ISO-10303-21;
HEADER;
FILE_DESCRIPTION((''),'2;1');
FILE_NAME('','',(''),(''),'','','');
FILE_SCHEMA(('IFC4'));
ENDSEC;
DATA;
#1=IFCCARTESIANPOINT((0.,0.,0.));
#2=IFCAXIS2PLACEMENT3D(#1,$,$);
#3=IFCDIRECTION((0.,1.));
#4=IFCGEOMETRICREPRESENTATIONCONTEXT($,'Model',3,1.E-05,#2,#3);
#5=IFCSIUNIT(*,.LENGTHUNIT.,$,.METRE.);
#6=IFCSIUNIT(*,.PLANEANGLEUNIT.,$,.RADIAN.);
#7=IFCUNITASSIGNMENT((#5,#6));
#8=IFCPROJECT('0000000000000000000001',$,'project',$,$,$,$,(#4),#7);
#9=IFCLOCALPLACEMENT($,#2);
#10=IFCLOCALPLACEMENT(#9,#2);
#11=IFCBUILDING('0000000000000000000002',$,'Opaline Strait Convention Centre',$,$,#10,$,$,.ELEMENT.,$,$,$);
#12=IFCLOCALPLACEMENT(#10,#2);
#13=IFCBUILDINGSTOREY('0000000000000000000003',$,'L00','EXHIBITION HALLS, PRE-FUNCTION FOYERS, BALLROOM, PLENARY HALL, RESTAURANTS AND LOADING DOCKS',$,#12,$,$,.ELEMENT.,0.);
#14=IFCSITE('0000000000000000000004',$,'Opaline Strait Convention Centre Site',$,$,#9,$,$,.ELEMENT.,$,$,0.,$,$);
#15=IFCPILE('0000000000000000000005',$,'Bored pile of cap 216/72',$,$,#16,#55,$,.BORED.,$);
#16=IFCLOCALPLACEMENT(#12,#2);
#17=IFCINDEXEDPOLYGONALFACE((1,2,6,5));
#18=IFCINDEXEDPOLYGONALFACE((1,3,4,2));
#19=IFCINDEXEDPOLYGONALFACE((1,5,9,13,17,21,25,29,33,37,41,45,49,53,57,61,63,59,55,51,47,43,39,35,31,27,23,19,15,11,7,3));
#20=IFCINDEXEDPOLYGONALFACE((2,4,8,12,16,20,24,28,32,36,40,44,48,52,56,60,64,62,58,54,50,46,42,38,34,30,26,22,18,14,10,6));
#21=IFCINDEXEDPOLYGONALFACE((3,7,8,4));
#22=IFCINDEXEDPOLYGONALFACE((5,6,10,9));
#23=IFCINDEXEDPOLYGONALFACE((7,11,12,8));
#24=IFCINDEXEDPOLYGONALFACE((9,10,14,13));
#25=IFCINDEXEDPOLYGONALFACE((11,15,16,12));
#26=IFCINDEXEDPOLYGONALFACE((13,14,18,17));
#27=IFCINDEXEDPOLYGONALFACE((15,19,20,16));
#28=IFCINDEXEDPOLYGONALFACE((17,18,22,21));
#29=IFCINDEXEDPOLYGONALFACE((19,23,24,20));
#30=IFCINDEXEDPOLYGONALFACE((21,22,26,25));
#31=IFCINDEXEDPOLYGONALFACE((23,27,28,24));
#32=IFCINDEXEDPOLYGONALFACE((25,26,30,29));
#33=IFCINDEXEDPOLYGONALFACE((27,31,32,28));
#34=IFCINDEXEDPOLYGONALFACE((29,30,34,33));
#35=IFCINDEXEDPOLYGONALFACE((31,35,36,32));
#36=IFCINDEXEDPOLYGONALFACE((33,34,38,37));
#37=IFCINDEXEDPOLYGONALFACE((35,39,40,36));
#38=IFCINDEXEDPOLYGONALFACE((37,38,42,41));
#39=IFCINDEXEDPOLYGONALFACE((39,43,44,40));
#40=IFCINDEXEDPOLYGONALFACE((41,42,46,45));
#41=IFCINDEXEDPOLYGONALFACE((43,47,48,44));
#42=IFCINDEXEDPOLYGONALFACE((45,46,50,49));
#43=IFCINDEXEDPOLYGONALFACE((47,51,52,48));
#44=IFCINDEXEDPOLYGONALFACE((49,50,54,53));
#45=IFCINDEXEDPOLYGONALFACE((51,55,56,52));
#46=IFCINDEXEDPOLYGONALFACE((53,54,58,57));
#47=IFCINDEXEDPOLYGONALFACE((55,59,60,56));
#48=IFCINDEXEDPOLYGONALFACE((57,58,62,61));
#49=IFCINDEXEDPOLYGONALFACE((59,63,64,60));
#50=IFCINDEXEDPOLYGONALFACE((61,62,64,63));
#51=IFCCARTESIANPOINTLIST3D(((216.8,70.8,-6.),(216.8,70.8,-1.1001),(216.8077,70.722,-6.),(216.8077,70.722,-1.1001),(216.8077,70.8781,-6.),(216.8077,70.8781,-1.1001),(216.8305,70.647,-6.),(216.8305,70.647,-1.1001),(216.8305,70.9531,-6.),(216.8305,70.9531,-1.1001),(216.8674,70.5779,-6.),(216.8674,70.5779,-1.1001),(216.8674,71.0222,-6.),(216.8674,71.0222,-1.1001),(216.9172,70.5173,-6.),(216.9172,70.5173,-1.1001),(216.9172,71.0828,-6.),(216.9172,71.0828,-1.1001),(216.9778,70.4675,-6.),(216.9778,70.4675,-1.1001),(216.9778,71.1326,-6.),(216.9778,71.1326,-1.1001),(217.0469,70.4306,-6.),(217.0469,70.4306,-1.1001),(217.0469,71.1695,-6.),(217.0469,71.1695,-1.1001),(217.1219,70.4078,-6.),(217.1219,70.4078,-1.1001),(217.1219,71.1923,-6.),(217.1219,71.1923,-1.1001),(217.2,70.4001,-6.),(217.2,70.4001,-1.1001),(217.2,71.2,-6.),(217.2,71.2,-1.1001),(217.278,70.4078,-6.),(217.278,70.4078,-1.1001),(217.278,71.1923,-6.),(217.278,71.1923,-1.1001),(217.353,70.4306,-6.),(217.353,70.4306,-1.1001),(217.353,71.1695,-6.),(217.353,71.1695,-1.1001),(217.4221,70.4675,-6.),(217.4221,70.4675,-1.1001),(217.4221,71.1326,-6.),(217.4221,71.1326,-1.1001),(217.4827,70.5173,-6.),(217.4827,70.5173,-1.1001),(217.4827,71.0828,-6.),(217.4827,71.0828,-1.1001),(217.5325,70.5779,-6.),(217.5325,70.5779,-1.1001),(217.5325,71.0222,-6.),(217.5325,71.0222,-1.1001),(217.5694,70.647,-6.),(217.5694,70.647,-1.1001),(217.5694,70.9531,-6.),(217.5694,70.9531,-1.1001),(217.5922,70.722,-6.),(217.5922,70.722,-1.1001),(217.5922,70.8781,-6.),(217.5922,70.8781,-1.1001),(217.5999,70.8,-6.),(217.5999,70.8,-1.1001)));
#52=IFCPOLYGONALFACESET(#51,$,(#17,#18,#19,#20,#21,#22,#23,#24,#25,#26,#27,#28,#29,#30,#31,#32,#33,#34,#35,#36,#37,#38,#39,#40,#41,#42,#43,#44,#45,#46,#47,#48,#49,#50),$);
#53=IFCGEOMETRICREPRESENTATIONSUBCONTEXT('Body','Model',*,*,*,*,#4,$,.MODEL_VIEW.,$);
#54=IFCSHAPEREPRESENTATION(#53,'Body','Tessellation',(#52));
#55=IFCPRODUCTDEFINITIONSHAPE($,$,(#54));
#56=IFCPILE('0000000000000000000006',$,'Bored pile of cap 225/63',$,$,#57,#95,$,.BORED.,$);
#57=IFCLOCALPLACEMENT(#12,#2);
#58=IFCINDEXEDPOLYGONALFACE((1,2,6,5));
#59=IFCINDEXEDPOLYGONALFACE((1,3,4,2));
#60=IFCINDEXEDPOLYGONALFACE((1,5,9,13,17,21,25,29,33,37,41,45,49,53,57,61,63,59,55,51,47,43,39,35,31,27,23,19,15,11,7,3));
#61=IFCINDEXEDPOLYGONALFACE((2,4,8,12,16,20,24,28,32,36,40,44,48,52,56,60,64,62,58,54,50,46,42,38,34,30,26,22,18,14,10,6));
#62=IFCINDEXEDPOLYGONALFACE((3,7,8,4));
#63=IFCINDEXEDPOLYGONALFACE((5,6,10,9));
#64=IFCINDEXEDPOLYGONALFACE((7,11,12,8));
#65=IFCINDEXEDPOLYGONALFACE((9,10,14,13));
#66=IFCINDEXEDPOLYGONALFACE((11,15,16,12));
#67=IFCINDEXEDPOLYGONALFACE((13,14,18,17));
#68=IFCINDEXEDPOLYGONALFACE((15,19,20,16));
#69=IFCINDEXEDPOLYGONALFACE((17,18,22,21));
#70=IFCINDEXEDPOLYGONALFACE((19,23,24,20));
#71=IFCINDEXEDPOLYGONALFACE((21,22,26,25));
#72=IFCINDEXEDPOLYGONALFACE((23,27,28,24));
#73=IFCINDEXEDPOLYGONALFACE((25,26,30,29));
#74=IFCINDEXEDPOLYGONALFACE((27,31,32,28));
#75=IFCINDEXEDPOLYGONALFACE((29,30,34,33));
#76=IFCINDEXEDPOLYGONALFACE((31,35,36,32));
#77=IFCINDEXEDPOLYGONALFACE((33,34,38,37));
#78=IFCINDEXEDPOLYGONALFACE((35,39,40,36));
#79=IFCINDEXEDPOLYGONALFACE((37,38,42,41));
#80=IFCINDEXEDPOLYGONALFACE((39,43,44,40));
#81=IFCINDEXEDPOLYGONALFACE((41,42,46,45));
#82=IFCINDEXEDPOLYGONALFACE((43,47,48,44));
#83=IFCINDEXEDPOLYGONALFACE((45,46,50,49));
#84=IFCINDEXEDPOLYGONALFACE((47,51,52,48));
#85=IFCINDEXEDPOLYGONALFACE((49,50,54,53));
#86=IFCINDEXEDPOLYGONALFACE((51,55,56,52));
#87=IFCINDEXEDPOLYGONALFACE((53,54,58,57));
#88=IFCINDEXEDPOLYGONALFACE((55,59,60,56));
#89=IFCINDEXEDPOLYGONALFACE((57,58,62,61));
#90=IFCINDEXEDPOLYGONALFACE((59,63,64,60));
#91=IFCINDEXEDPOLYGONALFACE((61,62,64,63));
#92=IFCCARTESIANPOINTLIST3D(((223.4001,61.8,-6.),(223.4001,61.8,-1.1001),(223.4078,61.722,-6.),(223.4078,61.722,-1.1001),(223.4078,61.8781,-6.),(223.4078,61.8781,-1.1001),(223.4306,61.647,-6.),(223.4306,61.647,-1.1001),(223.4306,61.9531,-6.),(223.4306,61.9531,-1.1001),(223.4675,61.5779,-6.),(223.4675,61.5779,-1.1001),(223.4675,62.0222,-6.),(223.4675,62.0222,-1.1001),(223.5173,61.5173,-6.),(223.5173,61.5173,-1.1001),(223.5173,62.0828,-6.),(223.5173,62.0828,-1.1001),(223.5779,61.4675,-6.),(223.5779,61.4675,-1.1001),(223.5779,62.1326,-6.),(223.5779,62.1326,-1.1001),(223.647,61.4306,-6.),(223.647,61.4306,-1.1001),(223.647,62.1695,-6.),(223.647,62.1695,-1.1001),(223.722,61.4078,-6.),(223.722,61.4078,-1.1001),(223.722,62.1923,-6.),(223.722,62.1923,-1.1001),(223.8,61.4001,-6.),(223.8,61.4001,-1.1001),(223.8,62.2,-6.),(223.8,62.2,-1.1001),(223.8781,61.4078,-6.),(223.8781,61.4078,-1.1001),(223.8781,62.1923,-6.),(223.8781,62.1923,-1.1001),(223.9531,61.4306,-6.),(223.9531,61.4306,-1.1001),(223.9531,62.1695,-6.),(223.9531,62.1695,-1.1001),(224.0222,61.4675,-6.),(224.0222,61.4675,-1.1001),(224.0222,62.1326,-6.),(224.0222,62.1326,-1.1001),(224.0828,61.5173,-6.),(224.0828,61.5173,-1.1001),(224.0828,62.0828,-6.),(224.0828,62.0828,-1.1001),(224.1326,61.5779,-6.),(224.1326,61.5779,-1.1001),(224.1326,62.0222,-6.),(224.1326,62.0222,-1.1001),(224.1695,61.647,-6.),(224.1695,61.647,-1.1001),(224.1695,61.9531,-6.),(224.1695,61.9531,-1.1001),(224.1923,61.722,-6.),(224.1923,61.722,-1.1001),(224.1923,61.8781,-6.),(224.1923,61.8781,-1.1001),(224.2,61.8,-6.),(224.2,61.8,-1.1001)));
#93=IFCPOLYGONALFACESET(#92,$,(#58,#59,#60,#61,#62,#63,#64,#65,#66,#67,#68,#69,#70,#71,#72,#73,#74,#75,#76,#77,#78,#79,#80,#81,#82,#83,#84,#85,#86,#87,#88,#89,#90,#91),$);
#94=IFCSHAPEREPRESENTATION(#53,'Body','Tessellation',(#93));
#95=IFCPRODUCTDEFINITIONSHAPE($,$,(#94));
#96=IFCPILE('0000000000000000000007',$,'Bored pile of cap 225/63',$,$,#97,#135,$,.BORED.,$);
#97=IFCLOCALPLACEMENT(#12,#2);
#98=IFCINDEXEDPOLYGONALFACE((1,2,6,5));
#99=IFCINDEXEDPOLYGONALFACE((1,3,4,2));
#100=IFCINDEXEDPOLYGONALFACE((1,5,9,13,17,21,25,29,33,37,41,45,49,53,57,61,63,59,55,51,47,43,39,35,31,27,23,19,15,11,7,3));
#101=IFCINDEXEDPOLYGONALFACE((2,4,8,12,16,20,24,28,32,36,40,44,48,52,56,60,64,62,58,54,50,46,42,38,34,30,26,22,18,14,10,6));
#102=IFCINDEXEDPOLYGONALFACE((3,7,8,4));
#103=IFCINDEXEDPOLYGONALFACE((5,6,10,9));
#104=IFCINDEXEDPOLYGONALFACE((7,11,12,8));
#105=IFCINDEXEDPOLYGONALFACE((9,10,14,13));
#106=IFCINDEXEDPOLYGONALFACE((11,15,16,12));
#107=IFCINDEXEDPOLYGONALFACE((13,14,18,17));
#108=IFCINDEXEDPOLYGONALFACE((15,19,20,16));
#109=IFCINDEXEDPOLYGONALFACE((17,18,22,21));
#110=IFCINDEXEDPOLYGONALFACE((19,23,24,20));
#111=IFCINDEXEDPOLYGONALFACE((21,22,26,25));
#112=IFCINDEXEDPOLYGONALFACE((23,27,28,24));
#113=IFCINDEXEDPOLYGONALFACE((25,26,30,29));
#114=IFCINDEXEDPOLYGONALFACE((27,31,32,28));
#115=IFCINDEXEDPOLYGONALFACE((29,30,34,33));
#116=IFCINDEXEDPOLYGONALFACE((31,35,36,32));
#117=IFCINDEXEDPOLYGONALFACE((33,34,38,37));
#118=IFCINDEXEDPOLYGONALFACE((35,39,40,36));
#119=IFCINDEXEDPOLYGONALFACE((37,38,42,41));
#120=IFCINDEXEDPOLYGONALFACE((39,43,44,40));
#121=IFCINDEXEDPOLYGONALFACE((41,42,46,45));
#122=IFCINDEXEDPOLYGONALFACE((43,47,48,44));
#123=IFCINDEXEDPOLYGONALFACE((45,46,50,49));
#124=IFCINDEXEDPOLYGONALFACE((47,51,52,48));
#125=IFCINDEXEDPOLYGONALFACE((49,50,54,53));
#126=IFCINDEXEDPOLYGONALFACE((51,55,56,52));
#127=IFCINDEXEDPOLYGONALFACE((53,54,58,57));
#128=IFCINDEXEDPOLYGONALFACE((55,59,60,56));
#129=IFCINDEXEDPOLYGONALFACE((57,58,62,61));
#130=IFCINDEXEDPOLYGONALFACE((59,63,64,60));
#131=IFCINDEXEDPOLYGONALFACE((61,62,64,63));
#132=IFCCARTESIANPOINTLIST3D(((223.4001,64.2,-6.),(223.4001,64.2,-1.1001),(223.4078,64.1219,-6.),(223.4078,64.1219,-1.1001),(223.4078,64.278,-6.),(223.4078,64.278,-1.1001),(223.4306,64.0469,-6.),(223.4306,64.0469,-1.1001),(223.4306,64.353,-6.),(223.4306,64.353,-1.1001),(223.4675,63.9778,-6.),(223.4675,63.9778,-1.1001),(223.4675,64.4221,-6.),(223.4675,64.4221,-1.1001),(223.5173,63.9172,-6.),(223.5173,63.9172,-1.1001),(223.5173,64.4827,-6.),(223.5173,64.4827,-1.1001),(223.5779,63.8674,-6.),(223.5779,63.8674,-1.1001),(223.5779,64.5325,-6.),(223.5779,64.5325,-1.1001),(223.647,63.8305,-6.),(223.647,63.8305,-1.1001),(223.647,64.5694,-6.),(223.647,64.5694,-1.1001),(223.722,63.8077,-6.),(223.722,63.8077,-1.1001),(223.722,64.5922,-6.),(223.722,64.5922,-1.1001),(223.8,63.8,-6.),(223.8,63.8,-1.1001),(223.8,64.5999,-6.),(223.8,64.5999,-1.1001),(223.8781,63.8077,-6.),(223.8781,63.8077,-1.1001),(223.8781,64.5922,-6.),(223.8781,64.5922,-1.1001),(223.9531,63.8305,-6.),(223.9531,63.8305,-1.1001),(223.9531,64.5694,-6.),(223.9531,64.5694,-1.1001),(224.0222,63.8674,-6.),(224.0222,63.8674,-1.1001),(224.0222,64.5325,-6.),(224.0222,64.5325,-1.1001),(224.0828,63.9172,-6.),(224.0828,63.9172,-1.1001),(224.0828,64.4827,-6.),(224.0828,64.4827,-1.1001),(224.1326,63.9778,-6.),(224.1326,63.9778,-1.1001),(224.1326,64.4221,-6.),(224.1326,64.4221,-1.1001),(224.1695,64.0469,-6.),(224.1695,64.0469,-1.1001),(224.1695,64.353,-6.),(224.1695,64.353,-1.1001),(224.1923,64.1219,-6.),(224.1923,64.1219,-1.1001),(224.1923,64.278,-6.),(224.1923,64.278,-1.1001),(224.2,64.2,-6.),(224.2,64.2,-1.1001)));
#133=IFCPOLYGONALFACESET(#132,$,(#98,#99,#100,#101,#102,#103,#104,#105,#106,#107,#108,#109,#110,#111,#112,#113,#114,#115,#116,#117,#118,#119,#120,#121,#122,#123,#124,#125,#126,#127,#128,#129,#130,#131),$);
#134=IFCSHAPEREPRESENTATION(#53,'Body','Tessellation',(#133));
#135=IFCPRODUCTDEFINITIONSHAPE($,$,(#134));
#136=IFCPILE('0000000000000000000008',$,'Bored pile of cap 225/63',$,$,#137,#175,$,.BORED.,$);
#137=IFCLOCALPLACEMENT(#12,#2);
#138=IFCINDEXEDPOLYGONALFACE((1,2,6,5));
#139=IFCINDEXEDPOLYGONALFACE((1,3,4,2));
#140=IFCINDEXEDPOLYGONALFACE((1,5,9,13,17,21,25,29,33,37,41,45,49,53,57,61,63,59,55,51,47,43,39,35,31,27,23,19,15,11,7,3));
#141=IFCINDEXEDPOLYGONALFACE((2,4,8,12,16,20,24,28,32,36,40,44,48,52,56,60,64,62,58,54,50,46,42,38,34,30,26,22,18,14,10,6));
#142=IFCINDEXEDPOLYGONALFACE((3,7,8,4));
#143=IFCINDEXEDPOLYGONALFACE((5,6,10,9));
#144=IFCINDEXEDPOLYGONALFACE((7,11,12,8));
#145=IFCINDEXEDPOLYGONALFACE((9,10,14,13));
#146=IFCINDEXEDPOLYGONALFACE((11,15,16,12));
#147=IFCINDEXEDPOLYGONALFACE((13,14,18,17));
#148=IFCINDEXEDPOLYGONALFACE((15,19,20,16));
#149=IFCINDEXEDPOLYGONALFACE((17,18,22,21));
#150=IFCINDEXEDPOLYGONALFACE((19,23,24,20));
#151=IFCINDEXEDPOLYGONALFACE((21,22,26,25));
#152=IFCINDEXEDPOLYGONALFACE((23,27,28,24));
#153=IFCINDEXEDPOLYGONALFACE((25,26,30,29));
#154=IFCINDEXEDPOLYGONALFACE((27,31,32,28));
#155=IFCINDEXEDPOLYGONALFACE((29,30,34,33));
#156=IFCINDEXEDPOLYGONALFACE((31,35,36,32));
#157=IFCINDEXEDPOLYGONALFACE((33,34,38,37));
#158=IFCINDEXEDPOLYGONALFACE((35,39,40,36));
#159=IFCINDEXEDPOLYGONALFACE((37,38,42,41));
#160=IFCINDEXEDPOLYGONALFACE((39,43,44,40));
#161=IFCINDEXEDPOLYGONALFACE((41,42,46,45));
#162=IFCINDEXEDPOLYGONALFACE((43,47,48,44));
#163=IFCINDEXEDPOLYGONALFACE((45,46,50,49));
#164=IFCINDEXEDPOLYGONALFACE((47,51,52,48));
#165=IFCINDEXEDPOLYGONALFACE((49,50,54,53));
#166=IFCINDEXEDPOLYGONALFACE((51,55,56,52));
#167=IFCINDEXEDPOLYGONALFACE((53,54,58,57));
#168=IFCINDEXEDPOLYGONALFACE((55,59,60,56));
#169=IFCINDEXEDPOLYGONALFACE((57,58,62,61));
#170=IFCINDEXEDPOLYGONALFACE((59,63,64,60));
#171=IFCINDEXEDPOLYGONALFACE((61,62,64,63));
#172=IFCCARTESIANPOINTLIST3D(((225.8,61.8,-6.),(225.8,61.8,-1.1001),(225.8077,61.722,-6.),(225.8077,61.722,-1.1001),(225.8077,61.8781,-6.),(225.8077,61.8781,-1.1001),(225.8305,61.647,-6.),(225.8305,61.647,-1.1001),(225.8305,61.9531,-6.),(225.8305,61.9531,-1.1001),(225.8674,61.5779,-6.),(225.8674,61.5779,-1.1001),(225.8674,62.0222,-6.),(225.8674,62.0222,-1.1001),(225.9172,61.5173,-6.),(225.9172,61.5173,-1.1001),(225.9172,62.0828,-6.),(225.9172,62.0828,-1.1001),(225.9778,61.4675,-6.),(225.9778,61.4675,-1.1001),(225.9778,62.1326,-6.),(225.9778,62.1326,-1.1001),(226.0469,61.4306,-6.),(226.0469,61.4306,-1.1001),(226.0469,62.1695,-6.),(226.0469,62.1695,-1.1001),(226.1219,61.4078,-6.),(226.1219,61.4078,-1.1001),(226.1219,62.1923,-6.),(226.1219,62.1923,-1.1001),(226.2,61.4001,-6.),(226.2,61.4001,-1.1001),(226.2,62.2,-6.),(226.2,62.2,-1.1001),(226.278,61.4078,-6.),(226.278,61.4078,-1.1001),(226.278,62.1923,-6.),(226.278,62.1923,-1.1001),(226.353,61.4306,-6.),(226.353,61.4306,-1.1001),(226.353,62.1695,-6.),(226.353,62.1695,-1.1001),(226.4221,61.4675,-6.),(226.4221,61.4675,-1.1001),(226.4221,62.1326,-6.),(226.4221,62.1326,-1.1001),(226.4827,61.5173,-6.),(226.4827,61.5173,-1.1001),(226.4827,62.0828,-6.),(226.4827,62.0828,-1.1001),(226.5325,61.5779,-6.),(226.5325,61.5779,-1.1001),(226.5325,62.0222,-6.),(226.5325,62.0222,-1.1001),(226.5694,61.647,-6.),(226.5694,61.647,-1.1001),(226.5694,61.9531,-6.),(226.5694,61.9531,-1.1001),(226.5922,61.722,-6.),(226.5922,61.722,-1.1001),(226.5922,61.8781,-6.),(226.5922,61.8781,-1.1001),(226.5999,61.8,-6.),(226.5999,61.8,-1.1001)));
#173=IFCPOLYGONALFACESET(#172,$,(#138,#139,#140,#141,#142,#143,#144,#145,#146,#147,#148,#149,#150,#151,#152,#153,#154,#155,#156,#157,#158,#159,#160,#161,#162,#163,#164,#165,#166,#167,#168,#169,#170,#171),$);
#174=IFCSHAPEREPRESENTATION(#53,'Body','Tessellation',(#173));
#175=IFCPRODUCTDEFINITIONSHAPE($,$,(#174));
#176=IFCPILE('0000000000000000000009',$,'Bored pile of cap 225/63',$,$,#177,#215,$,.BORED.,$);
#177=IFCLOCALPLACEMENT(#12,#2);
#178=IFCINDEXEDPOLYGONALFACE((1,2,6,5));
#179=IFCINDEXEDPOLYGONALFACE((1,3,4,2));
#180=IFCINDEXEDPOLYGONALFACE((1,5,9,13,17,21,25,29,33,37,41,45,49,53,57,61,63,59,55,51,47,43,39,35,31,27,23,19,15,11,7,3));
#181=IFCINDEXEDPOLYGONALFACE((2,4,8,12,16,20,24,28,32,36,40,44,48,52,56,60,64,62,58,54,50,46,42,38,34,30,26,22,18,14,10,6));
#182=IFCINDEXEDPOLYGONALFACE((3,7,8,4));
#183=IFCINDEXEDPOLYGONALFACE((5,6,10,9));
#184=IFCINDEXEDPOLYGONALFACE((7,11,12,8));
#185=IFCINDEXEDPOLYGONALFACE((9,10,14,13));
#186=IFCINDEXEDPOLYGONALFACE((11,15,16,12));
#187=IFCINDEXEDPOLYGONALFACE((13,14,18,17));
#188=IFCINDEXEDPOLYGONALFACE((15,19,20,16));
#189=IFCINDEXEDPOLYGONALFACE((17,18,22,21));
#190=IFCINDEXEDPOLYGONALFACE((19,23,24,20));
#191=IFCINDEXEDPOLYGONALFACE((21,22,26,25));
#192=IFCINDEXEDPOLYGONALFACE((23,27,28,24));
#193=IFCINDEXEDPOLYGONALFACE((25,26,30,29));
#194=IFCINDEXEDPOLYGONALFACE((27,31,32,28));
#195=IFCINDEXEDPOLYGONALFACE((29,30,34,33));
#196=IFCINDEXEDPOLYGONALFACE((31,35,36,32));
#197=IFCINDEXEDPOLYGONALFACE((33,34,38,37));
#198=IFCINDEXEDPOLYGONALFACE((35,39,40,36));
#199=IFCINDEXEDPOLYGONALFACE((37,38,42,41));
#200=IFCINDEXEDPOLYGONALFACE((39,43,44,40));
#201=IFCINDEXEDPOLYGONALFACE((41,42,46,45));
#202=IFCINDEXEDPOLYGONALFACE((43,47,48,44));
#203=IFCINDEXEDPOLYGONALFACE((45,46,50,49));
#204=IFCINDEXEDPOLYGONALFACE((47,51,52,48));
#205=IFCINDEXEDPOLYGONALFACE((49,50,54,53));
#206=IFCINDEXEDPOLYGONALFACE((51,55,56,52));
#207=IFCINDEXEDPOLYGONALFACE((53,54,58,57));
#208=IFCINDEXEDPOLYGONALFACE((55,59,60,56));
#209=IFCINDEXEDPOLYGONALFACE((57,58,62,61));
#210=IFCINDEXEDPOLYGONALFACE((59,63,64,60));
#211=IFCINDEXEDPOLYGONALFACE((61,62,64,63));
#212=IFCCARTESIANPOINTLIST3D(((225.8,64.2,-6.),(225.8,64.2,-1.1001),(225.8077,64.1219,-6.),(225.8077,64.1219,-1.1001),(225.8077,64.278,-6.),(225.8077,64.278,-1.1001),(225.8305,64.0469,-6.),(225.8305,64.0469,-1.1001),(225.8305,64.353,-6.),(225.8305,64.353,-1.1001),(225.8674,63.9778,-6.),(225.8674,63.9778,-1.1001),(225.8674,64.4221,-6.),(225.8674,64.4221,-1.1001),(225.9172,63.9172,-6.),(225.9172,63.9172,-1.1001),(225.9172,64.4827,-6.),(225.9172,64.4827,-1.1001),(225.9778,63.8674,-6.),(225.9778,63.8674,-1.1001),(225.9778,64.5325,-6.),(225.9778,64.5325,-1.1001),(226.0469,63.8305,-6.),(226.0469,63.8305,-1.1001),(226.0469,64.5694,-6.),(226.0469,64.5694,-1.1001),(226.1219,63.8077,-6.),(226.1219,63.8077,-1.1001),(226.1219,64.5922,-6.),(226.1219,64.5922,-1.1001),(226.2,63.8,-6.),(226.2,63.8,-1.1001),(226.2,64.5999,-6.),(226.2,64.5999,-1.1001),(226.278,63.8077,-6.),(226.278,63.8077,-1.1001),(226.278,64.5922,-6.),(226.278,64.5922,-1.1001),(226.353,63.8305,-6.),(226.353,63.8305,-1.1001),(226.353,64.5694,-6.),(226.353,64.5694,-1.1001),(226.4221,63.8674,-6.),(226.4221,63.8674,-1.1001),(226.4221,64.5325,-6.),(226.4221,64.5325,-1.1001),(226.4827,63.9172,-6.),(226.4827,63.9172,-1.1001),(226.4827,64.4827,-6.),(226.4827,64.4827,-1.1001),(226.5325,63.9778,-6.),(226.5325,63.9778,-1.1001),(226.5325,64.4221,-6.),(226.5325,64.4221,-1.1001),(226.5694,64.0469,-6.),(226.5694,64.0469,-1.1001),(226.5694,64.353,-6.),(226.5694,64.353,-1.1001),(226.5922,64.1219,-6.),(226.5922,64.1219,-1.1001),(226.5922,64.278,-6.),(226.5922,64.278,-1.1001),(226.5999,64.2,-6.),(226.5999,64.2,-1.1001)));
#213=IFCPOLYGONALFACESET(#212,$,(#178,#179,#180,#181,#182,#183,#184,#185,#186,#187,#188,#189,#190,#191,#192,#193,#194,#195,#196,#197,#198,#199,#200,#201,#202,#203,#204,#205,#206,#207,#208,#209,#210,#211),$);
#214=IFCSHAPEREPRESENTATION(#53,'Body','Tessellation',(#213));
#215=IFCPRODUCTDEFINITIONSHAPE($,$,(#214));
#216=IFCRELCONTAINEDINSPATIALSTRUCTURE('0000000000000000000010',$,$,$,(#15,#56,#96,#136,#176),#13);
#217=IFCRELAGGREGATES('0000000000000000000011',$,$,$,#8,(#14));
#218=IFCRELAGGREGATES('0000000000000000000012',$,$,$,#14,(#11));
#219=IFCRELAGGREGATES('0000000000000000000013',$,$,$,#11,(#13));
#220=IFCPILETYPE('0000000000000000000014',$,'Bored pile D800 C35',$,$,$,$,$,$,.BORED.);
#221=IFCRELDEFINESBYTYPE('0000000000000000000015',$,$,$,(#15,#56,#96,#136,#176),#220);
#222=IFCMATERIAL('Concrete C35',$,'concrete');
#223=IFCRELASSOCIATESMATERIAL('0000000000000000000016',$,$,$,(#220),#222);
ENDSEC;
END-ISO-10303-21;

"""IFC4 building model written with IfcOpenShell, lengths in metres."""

from ifc_helpers import new_model, si_unit, direction, frame, origin, origin_2d, place, context, subcontext, project, spatial, circle, extrude, material, material_profile, profile_set, type_object, element, save


model = new_model("IFC4")

# Units and contexts
model_context = context("Model", 3, precision=1e-05, world=origin(), true_north=direction((0.0, 1.0)))
body_context = subcontext(model_context, "Body", "Model", "MODEL_VIEW")
ifc_project = project(units=[si_unit("LENGTHUNIT", "METRE"), si_unit("PLANEANGLEUNIT", "RADIAN")], contexts=[model_context])

# Site, building, storey
site_placement = place(None, origin())
site = spatial("IfcSite", under=ifc_project, at=site_placement, Name="Opaline Strait Convention Centre Site", CompositionType="ELEMENT", RefElevation=0.0)
building_placement = place(site_placement, origin())
building = spatial("IfcBuilding", under=site, at=building_placement, Name="Opaline Strait Convention Centre", CompositionType="ELEMENT")
storey_placement = place(building_placement, origin())
storey = spatial("IfcBuildingStorey", under=building, at=storey_placement, Name="L00", Description="EXHIBITION HALLS, PRE-FUNCTION FOYERS, BALLROOM, PLENARY HALL, RESTAURANTS AND LOADING DOCKS", CompositionType="ELEMENT", Elevation=0.0)

# Piles
ifc_material_1 = material(Name="Concrete C35", Category="concrete")
ifc_material_profile_1 = material_profile(ifc_material_1, circle(Radius=0.3999, at=origin_2d()), Name="D800")
ifc_profile_set_1 = profile_set([ifc_material_profile_1], Name="Concrete C35")
pile_type = type_object("IfcPileType", Name="Bored pile D800 C35", PredefinedType="BORED", material=ifc_profile_set_1)
for number, where, z_axis, x_axis, name in (
    (1, (217.2, 70.8, -1.1001), (0.0, 0.0, -1.0), (1.0, 0.0, 0.0), "Bored pile of cap 216/72"),
    (2, (223.8, 61.8, -1.1001), (0.0, 0.0, -1.0), (1.0, 0.0, 0.0), "Bored pile of cap 225/63"),
    (3, (223.8, 64.2, -1.1001), (0.0, 0.0, -1.0), (1.0, 0.0, 0.0), "Bored pile of cap 225/63"),
    (4, (226.2, 61.8, -1.1001), (0.0, 0.0, -1.0), (1.0, 0.0, 0.0), "Bored pile of cap 225/63"),
    (5, (226.2, 64.2, -1.1001), (0.0, 0.0, -1.0), (1.0, 0.0, 0.0), "Bored pile of cap 225/63"),
):
    element("IfcPile", number, at=place(storey_placement, frame(where, z_axis=z_axis, x_axis=x_axis)), inside=storey, type_object=pile_type, Name=name, PredefinedType="BORED", context=body_context, shape_type="SweptSolid", body=[
        extrude(circle(Radius=0.3999, at=origin_2d()), origin(), (0.0, 0.0, 1.0), 4.8999),
    ])

save(model, "model.ifc")
